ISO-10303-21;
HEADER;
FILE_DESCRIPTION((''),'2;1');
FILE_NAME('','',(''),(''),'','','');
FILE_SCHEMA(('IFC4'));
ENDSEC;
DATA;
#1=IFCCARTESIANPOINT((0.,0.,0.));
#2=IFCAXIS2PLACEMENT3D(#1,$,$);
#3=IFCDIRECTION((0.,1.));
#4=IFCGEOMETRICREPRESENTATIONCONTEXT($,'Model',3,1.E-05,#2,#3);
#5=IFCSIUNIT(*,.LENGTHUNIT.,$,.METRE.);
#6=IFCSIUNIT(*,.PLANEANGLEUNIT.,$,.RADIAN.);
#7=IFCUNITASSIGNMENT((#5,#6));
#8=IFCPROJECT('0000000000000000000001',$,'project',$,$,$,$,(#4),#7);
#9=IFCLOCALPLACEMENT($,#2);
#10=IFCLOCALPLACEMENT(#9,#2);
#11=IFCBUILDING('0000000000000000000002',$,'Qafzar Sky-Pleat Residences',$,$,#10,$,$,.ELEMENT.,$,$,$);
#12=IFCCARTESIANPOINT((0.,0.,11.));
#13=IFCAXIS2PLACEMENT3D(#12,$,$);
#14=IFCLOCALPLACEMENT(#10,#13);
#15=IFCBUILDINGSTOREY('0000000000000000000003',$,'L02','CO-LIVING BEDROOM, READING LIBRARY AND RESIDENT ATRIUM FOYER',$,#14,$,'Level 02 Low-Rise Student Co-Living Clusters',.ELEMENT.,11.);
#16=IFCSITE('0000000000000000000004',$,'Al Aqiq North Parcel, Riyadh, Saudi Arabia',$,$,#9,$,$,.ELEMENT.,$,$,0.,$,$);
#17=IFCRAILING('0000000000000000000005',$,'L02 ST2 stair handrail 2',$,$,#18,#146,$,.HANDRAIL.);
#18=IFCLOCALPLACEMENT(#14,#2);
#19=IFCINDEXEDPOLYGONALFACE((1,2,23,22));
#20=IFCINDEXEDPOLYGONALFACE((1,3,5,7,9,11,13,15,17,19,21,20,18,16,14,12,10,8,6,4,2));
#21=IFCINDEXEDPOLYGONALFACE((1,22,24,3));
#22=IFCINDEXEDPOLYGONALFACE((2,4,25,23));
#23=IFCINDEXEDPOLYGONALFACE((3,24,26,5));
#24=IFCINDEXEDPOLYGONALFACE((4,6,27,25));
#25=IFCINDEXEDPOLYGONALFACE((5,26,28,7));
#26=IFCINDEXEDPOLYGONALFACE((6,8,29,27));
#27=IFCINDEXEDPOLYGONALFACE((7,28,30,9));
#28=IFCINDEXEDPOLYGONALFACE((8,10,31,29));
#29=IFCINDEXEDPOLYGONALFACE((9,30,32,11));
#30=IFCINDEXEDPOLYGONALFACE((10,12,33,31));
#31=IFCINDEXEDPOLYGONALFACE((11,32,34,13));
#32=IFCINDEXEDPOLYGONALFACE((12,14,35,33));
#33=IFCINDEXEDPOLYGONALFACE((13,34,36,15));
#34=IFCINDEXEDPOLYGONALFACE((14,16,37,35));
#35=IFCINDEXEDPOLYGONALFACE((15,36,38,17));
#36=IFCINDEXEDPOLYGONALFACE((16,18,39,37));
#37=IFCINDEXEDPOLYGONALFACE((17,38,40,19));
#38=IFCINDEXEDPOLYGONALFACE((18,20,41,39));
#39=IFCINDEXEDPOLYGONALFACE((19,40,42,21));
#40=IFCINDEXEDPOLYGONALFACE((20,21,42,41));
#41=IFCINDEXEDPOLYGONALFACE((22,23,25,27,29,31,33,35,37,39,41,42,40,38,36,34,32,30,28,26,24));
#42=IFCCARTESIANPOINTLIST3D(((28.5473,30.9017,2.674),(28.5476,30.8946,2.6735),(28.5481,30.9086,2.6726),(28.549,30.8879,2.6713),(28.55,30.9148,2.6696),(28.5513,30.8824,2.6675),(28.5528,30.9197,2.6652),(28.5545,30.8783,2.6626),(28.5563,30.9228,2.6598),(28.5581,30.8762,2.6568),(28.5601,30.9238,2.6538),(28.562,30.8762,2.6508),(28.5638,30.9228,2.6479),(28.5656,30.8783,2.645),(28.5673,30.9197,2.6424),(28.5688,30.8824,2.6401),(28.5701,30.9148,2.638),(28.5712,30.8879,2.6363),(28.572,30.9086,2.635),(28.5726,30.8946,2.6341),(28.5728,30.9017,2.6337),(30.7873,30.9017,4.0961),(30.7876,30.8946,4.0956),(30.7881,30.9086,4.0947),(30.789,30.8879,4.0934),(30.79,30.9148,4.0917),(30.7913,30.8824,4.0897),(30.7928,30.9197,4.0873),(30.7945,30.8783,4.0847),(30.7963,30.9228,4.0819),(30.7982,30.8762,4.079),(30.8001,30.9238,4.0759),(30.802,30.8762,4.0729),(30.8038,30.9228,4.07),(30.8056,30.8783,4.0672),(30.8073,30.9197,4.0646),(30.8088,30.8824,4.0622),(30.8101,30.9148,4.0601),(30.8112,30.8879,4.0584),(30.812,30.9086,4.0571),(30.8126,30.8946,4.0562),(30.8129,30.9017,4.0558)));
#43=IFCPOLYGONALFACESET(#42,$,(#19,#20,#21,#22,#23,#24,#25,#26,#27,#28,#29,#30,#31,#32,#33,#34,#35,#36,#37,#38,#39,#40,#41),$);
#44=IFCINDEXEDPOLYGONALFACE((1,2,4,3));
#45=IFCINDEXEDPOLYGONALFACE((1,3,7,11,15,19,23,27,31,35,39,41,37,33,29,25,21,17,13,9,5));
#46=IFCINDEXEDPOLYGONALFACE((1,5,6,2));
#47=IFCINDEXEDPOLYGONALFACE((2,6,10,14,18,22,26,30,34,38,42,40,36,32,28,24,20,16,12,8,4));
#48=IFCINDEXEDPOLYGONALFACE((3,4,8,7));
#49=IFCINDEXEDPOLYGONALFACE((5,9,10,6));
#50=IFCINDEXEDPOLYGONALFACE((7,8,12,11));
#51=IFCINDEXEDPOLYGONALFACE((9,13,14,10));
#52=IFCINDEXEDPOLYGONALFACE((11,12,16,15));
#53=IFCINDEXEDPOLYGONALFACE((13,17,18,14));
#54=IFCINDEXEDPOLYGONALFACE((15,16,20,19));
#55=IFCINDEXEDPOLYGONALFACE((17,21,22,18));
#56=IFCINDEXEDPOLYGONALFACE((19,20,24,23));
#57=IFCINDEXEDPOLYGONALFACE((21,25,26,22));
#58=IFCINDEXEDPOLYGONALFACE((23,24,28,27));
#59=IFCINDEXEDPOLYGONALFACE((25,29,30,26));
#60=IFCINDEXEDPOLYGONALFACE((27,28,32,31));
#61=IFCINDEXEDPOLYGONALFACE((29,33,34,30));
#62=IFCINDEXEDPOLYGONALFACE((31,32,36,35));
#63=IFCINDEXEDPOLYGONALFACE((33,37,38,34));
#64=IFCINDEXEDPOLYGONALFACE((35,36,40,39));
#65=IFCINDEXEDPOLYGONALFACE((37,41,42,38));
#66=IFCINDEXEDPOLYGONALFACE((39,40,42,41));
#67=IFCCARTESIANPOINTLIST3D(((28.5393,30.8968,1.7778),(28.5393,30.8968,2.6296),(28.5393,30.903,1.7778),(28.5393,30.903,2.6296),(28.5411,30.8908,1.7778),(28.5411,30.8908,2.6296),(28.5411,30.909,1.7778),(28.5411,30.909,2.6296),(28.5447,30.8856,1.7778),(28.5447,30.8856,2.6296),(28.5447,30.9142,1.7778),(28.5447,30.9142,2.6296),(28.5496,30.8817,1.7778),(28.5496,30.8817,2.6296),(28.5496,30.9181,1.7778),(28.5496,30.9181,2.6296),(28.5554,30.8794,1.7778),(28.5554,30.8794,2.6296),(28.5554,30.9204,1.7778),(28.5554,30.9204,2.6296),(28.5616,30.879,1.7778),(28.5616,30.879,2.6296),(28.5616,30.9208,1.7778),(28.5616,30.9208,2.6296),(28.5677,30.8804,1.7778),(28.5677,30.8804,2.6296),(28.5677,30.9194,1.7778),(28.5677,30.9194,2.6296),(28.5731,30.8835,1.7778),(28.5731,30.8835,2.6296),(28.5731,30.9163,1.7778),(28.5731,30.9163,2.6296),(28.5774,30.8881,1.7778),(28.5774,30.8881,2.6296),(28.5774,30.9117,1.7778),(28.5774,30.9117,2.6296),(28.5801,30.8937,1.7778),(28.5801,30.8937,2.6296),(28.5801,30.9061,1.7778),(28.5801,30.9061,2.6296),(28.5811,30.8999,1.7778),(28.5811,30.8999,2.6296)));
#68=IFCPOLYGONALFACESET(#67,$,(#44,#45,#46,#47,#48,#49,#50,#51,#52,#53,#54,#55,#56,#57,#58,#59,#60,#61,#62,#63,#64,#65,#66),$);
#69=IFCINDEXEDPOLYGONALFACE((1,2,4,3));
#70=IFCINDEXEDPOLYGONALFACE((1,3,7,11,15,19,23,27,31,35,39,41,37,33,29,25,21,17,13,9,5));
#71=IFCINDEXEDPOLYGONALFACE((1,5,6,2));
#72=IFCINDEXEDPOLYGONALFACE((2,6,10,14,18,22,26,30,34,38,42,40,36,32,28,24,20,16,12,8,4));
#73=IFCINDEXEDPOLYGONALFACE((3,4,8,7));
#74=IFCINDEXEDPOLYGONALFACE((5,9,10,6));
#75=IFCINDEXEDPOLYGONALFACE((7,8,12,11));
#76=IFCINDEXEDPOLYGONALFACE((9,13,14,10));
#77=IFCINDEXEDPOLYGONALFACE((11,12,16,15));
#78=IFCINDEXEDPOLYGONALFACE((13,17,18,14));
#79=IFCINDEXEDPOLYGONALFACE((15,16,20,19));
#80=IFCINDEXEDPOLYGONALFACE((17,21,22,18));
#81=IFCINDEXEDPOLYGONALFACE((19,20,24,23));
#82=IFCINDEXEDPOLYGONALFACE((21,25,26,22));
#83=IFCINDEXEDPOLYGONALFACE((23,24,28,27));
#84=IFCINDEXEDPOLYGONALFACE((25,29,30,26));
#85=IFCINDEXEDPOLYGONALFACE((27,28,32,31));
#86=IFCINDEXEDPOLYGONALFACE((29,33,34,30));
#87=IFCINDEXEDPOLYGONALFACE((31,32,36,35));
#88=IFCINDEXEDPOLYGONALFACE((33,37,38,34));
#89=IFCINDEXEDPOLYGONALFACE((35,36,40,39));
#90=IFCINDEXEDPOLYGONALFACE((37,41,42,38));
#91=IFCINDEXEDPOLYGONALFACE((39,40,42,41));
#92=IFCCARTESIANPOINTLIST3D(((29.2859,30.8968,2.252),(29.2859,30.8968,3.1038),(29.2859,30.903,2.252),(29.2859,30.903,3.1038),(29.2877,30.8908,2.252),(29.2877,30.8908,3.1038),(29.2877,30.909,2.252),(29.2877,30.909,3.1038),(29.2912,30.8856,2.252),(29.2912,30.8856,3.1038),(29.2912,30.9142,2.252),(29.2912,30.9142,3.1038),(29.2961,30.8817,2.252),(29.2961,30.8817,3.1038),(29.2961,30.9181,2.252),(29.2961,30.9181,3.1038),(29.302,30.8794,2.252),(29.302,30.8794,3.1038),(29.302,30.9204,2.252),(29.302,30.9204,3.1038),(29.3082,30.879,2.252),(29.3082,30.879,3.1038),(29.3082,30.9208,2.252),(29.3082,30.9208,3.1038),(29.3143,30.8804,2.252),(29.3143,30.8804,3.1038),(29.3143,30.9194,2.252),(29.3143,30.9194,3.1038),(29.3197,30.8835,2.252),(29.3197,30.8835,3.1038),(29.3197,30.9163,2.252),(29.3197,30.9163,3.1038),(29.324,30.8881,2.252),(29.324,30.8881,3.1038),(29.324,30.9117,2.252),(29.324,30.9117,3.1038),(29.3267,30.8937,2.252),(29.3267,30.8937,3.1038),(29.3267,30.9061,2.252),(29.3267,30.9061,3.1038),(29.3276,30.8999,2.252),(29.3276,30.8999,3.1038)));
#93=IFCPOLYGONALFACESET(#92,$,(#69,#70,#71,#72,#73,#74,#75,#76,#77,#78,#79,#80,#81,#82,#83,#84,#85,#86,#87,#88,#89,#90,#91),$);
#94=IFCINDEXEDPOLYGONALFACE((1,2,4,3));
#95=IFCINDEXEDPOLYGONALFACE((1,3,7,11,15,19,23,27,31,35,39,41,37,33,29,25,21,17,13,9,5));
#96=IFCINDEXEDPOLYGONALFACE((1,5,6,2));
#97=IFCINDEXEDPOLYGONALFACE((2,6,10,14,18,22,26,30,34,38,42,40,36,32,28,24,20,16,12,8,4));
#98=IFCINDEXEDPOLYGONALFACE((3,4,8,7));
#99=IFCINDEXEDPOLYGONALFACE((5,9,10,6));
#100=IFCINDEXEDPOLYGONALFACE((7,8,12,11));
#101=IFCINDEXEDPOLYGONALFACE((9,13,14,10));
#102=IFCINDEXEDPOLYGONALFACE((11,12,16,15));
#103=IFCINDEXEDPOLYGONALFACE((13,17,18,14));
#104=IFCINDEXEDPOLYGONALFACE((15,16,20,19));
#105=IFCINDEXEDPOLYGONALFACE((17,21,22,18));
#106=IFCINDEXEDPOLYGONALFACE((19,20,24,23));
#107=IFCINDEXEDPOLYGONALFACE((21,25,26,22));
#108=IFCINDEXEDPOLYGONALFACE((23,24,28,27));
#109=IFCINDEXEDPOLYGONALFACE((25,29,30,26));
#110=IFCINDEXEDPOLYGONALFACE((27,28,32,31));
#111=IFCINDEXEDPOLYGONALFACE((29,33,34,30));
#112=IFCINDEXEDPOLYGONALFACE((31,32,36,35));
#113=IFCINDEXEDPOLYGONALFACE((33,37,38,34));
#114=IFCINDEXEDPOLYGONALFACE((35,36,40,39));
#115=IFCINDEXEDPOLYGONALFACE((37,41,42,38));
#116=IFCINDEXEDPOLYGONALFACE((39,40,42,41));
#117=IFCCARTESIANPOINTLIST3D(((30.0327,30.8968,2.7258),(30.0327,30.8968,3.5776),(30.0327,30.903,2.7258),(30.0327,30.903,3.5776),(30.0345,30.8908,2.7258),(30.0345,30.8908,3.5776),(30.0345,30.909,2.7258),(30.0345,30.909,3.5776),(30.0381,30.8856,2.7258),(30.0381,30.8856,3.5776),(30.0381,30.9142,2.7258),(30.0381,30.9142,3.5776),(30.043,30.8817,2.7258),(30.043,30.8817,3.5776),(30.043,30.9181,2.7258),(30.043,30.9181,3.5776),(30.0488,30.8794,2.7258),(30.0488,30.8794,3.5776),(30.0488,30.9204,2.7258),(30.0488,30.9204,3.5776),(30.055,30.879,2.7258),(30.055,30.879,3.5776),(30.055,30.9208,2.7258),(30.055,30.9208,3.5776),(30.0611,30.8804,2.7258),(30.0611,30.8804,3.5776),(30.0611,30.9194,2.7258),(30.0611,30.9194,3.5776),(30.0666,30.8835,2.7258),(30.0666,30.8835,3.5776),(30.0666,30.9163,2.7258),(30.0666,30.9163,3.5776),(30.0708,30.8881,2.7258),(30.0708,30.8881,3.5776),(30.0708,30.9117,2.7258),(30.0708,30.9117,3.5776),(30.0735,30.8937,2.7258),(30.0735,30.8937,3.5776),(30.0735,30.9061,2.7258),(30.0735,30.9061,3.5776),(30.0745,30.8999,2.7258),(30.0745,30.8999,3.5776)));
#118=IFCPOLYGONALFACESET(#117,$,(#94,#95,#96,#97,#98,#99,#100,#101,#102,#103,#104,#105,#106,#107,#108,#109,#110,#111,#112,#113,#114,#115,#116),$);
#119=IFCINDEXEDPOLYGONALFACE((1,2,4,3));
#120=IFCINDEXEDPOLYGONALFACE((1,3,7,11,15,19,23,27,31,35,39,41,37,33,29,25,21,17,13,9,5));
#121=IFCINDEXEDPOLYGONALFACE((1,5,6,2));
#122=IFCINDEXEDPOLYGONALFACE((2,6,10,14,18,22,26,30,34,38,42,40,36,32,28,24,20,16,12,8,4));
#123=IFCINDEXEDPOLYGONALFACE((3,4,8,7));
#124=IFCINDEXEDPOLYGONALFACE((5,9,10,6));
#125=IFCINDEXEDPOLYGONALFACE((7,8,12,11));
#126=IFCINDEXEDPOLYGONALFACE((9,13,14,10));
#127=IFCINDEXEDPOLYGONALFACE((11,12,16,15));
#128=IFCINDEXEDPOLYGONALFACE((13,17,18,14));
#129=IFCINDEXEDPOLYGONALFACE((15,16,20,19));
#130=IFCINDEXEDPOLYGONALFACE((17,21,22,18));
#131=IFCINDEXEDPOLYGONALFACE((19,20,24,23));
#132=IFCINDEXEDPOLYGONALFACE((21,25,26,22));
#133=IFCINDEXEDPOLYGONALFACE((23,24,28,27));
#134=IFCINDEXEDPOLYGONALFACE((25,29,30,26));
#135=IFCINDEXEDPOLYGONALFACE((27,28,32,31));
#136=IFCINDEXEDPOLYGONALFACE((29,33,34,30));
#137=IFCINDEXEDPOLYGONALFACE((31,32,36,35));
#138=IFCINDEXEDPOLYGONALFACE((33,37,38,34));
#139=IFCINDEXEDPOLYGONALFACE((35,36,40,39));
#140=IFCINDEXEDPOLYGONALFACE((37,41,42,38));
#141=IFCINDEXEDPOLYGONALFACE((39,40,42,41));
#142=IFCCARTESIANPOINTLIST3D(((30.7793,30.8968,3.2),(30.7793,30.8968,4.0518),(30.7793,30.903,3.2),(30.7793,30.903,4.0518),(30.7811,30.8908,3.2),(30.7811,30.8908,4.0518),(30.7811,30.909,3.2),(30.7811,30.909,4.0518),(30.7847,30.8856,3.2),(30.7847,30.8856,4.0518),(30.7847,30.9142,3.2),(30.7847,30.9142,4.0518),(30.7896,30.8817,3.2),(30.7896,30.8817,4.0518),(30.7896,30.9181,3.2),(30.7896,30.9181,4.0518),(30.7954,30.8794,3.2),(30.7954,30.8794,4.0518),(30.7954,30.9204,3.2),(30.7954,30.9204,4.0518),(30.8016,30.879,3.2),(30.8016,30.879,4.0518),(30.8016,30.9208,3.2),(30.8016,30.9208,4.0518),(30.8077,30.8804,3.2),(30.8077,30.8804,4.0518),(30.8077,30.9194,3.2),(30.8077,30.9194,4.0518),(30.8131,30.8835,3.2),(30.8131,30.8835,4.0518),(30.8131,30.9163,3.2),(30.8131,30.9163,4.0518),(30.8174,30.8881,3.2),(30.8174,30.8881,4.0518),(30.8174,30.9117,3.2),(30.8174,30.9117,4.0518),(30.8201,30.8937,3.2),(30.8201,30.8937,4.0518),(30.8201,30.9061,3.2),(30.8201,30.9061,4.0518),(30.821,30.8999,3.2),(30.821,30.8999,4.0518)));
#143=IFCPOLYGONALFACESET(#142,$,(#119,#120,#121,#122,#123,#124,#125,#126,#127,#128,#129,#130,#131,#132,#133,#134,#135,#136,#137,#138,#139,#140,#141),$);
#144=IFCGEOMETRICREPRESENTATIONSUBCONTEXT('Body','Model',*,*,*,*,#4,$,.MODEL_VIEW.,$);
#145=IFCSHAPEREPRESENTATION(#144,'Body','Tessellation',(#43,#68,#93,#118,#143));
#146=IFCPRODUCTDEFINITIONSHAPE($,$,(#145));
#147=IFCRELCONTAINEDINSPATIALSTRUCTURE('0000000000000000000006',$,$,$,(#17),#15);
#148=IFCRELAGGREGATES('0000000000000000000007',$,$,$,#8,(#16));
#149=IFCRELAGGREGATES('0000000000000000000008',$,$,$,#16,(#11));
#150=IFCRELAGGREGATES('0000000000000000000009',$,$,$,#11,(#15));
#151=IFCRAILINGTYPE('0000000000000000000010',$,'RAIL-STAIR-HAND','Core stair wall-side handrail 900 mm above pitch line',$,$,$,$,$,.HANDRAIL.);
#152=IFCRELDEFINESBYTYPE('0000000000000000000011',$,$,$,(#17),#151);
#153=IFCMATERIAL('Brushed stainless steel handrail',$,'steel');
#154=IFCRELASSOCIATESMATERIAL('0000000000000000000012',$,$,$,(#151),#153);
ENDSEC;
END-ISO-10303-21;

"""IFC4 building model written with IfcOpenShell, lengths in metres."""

from ifc_helpers import new_model, si_unit, direction, frame, origin, origin_2d, place, context, subcontext, project, spatial, circle, extrude, source, transform, mapped, material, type_object, element, save


model = new_model("IFC4")

# Units and contexts
model_context = context("Model", 3, precision=1e-05, world=origin(), true_north=direction((0.0, 1.0)))
body_context = subcontext(model_context, "Body", "Model", "MODEL_VIEW")
ifc_project = project(units=[si_unit("LENGTHUNIT", "METRE"), si_unit("PLANEANGLEUNIT", "RADIAN")], contexts=[model_context])

# Site, building, storey
site_placement = place(None, origin())
site = spatial("IfcSite", under=ifc_project, at=site_placement, Name="Al Aqiq North Parcel, Riyadh, Saudi Arabia", CompositionType="ELEMENT", RefElevation=0.0)
building_placement = place(site_placement, origin())
building = spatial("IfcBuilding", under=site, at=building_placement, Name="Qafzar Sky-Pleat Residences", CompositionType="ELEMENT")
storey_placement = place(building_placement, frame((0.0, 0.0, 11.0)))
storey = spatial("IfcBuildingStorey", under=building, at=storey_placement, Name="L02", Description="CO-LIVING BEDROOM, READING LIBRARY AND RESIDENT ATRIUM FOYER", LongName="Level 02 Low-Rise Student Co-Living Clusters", CompositionType="ELEMENT", Elevation=11.0)

# Railing
ifc_material_1 = material(Name="Brushed stainless steel handrail", Category="steel")
railing_type_1 = type_object("IfcRailingType", Name="RAIL-STAIR-HAND", Description="Core stair wall-side handrail 900 mm above pitch line", PredefinedType="HANDRAIL", material=ifc_material_1)
shared_shape_1 = source(origin(), body_context, "Body", "SweptSolid", [
    extrude(circle(Radius=0.0239, at=origin_2d()), frame((0.0, 0.0, 0.876), z_axis=(0.844229, 0.0, 0.535982), x_axis=(0.0, 1.0, 0.0)), (0.0, 0.0, 1.0), 2.6533),
    extrude(circle(Radius=0.021, at=origin_2d()), origin(), (0.0, 0.0, 1.0), 0.8518),
    extrude(circle(Radius=0.021, at=origin_2d()), frame((0.7466, 0.0, 0.4741)), (0.0, 0.0, 1.0), 0.8518),
    extrude(circle(Radius=0.021, at=origin_2d()), frame((1.4934, 0.0, 0.948)), (0.0, 0.0, 1.0), 0.8518),
    extrude(circle(Radius=0.021, at=origin_2d()), frame((2.24, 0.0, 1.4221)), (0.0, 0.0, 1.0), 0.8518),
])
railing_1_placement = place(storey_placement, frame((28.5601, 30.8999, 1.7778)))
element("IfcRailing", 1, at=railing_1_placement, inside=storey, type_object=railing_type_1, Name="L02 ST2 stair handrail 2", PredefinedType="HANDRAIL", context=body_context, shape_type="MappedRepresentation", body=[
    mapped(shared_shape_1, transform((0.0, 0.0, 0.0), x_axis=(1.0, 0.0, 0.0), y_axis=(0.0, 1.0, 0.0), z_axis=(0.0, 0.0, 1.0), scale=1.0)),
])

save(model, "model.ifc")
